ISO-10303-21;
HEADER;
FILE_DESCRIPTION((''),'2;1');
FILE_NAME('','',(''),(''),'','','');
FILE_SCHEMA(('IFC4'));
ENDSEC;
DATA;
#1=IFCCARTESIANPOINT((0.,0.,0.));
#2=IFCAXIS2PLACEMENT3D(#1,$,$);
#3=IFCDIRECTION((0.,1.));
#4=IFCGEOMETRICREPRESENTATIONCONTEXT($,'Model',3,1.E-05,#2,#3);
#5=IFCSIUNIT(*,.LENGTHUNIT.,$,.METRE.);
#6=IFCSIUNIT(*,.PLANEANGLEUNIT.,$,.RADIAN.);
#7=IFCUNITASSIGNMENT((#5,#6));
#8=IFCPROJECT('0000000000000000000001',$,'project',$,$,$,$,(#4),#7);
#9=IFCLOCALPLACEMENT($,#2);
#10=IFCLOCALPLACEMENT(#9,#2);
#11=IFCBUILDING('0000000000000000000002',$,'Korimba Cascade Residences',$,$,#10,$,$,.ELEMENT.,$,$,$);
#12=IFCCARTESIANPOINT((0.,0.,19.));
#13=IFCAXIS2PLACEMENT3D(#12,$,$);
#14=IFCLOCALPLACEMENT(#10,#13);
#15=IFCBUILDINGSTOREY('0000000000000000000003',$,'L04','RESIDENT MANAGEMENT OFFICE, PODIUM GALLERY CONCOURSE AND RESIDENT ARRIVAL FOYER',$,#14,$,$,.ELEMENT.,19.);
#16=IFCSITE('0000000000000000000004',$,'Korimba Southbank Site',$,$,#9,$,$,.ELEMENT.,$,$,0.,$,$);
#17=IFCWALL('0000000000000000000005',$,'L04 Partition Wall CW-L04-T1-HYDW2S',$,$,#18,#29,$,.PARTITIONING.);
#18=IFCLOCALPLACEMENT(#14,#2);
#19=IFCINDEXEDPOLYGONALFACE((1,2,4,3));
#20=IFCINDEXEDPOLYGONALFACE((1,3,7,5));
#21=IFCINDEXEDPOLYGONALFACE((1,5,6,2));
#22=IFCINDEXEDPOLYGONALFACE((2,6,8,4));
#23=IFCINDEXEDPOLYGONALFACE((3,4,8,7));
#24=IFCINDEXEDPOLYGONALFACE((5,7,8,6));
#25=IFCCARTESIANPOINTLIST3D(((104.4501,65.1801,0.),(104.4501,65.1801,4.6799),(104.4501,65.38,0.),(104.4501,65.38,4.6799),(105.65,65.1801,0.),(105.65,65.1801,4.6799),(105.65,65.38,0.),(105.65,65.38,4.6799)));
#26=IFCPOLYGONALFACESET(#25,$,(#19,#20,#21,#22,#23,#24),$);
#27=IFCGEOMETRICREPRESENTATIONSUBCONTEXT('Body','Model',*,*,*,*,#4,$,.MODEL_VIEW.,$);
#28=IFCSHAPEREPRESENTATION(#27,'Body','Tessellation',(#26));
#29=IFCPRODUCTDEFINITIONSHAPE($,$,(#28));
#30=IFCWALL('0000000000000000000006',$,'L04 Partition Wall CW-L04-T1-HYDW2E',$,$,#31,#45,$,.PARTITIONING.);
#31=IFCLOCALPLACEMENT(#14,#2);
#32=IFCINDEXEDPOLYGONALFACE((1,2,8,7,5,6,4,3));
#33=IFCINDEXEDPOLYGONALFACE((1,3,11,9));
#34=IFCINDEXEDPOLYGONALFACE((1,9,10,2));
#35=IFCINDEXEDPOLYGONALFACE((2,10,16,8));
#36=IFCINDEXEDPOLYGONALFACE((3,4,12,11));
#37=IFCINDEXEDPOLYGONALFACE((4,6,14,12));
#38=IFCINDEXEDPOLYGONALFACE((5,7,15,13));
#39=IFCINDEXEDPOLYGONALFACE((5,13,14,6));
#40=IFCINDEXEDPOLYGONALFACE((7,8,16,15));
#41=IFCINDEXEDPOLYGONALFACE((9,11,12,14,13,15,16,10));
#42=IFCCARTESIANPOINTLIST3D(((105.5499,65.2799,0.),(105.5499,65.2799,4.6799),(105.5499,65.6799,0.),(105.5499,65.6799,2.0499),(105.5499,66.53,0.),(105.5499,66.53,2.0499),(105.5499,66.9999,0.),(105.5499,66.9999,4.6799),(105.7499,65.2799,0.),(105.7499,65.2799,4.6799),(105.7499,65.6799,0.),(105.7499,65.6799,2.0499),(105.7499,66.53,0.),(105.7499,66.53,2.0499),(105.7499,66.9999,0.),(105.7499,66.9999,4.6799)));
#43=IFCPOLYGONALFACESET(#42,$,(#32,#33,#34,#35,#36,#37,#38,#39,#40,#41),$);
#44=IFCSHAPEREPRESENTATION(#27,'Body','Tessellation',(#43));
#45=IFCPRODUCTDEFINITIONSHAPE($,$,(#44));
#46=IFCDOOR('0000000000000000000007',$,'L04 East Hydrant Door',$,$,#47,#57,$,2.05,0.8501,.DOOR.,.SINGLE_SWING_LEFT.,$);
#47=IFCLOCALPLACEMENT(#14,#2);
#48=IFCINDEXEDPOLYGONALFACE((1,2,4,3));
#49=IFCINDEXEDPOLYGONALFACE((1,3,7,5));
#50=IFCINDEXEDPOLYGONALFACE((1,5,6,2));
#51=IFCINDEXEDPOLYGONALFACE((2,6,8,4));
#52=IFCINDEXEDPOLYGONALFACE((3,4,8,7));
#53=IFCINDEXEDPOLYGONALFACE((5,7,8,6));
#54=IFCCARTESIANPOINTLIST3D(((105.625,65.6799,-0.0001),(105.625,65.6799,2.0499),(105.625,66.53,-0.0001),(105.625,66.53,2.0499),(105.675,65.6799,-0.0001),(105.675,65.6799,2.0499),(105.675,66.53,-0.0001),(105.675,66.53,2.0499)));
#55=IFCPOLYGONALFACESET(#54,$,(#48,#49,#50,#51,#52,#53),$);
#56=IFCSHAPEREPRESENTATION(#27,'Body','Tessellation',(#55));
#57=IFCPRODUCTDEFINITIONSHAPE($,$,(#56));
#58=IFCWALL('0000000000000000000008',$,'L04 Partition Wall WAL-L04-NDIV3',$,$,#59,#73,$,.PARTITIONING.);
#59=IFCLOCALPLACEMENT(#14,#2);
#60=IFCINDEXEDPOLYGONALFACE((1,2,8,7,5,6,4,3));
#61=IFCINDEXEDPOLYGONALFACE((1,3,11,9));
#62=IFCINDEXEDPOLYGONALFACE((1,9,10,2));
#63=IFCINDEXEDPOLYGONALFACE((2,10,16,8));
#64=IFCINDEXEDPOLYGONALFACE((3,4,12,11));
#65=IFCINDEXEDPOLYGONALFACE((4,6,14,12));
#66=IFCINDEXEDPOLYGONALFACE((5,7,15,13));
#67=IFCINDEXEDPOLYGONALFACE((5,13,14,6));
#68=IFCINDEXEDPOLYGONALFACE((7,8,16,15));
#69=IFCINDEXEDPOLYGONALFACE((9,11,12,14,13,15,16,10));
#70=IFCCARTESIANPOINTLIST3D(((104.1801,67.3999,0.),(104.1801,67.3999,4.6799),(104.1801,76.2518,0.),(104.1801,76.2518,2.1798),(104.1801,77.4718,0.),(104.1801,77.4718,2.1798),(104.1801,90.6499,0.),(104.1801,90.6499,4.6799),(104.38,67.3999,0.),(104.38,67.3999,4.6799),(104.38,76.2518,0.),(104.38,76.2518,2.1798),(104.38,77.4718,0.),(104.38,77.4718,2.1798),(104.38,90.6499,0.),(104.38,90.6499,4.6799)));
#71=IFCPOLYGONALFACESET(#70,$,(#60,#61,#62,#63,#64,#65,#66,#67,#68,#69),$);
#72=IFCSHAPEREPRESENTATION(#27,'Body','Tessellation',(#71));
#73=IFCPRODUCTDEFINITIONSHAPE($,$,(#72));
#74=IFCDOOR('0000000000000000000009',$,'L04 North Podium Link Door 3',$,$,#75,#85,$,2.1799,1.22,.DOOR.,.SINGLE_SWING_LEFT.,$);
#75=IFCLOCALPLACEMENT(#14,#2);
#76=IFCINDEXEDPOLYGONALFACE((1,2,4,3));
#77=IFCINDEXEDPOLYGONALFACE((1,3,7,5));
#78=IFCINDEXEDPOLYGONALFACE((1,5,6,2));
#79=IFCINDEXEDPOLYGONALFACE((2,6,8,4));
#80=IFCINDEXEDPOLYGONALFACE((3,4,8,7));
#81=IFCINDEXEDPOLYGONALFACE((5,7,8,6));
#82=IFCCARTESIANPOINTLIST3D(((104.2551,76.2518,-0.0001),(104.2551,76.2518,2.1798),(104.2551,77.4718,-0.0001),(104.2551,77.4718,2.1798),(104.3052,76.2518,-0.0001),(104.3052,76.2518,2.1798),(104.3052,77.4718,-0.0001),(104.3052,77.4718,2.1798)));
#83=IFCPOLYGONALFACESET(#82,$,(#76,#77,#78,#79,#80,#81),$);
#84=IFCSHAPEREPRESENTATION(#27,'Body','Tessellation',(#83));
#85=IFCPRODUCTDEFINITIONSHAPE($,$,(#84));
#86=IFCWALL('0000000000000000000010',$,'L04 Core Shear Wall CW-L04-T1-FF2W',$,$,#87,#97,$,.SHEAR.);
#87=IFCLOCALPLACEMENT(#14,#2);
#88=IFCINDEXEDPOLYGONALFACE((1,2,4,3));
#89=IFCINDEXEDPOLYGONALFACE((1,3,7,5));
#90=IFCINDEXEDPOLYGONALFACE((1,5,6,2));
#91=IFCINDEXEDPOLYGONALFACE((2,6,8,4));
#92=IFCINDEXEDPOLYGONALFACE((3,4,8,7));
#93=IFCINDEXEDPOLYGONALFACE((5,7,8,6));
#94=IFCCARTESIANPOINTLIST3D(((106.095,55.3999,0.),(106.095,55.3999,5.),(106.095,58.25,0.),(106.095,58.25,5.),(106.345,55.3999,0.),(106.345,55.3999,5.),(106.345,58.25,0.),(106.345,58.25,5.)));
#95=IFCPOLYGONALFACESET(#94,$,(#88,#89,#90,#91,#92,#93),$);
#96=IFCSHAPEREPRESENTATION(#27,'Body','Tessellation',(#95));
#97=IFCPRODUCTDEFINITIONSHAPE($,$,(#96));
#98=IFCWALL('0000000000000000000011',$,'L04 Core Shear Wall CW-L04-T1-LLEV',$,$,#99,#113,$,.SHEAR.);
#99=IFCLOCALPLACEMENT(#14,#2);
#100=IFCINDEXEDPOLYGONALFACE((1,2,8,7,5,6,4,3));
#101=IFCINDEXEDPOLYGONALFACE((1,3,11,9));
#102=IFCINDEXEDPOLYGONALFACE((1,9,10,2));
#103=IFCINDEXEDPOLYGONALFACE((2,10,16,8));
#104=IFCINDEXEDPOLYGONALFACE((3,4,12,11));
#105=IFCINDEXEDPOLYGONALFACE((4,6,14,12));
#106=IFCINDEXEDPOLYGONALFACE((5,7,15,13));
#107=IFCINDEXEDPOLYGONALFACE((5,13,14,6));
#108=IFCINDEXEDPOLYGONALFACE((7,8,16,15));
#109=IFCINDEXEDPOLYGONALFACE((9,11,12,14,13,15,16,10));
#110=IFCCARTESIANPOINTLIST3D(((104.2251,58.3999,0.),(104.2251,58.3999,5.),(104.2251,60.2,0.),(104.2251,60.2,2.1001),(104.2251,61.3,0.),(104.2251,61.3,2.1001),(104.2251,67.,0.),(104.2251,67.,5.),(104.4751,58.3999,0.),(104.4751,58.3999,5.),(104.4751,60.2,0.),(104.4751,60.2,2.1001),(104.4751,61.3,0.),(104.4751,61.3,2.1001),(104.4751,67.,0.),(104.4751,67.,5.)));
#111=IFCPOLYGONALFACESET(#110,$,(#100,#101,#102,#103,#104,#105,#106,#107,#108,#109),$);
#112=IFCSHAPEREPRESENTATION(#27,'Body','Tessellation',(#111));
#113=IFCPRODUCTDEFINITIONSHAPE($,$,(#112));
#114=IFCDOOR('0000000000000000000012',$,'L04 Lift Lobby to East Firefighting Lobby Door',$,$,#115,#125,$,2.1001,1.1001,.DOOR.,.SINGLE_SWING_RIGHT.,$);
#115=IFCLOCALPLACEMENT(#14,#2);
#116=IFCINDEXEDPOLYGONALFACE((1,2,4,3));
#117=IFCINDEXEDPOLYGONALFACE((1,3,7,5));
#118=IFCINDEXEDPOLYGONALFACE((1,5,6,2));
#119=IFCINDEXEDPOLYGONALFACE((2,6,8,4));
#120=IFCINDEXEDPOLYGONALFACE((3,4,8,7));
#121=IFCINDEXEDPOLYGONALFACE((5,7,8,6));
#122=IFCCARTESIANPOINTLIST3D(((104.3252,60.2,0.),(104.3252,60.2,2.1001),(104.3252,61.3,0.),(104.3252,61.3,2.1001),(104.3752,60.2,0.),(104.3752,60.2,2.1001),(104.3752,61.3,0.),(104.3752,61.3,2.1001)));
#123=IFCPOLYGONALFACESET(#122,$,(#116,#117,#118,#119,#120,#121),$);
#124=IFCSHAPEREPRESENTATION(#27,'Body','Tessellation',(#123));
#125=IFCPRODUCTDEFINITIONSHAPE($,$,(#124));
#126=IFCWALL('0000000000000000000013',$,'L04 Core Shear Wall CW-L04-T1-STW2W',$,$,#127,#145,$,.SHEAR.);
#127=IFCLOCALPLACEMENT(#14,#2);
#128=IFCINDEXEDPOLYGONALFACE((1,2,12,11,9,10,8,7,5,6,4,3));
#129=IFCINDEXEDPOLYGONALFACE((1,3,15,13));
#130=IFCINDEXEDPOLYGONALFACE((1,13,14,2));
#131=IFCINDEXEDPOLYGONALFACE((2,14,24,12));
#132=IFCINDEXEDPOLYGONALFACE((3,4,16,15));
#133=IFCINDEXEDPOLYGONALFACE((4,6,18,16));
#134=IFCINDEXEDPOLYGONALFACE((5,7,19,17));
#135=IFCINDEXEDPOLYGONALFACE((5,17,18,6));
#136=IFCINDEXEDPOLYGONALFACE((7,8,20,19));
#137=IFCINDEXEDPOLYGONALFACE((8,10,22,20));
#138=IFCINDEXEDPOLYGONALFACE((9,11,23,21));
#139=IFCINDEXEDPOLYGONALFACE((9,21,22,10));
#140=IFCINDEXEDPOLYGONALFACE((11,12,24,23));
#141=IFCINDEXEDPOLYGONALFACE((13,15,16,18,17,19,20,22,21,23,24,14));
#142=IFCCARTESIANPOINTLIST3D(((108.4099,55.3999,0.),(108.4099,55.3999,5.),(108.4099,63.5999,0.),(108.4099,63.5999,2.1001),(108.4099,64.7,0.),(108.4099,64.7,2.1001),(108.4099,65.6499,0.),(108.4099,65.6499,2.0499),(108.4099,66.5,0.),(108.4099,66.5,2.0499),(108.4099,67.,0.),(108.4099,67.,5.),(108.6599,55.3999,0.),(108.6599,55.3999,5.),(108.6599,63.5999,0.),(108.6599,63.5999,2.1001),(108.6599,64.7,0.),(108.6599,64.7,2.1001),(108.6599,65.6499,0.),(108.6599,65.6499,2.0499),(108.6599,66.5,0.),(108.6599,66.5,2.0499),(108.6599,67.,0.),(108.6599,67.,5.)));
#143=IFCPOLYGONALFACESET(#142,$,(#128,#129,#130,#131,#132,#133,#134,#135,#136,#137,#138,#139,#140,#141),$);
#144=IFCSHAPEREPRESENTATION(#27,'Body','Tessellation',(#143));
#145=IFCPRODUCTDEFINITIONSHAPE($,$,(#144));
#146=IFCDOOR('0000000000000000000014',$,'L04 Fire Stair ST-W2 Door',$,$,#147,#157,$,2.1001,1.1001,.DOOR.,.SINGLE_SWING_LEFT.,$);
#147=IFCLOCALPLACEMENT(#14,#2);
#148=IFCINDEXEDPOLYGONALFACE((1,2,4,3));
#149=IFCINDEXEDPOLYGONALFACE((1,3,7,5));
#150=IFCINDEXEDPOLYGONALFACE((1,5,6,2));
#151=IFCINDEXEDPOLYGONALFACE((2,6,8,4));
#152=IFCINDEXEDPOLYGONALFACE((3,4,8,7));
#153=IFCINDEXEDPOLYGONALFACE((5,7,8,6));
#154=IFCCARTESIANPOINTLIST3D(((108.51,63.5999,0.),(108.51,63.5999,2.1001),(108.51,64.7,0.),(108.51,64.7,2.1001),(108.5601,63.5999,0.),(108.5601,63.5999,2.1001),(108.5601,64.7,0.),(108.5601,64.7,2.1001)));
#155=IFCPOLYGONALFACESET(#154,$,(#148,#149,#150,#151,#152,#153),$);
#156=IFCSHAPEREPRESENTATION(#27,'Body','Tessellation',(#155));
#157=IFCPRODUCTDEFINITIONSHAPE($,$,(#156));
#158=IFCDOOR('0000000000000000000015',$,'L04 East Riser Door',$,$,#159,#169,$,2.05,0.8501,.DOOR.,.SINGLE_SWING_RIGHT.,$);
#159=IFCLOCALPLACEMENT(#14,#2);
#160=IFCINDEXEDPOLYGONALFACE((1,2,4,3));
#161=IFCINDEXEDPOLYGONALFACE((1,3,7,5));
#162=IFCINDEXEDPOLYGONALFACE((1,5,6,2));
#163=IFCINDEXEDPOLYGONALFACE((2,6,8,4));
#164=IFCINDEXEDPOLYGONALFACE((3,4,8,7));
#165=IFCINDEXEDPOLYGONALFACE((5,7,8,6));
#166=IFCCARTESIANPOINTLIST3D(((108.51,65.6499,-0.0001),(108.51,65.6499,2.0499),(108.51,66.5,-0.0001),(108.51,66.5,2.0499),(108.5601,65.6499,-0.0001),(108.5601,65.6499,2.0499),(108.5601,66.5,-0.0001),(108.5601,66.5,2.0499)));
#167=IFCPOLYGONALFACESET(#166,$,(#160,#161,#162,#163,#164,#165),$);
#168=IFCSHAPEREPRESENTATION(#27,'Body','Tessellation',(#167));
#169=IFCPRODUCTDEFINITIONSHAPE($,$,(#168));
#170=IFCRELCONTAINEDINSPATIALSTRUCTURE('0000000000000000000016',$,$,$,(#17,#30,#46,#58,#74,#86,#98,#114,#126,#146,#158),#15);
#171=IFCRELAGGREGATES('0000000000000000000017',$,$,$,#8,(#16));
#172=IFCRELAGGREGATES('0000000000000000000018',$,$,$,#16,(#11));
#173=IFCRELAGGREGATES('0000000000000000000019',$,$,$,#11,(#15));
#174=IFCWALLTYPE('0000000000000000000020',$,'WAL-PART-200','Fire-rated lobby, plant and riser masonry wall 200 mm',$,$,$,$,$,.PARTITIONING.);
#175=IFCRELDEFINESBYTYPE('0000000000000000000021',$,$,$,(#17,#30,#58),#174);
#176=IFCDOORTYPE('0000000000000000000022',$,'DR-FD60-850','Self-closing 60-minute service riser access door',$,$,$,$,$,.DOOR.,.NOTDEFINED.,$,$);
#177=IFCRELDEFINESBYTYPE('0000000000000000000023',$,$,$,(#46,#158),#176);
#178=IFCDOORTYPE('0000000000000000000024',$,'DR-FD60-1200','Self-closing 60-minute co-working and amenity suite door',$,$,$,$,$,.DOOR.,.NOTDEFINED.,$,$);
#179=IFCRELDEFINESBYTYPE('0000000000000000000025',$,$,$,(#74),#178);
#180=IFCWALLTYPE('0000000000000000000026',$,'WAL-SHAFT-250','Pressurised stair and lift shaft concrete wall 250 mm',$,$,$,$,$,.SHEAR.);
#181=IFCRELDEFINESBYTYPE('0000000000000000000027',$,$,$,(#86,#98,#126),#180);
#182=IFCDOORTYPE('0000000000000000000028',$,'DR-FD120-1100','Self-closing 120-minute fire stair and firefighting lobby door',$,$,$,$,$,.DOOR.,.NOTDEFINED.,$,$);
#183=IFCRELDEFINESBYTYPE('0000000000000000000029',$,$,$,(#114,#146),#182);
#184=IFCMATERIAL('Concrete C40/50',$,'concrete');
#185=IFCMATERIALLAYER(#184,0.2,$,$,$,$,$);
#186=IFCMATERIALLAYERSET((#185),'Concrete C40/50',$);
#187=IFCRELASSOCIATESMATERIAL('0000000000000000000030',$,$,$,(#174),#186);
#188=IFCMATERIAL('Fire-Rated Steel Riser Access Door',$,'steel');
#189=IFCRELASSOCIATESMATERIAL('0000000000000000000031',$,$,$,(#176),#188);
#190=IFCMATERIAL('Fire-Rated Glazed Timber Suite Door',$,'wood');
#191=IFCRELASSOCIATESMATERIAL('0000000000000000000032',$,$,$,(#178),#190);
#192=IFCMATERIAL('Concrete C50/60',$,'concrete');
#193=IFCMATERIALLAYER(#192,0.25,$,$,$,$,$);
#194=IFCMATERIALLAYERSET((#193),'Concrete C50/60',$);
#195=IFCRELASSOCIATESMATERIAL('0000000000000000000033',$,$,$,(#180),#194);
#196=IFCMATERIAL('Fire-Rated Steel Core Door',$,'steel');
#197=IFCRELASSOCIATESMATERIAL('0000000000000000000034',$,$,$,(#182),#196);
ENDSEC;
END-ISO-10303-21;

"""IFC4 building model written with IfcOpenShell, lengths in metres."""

from ifc_helpers import new_model, si_unit, direction, frame, frame_2d, origin, place, context, subcontext, project, spatial, rectangle, extrude, material, layer, layer_set, type_object, element, fill, save


model = new_model("IFC4")

# Units and contexts
model_context = context("Model", 3, precision=1e-05, world=origin(), true_north=direction((0.0, 1.0)))
body_context = subcontext(model_context, "Body", "Model", "MODEL_VIEW")
ifc_project = project(units=[si_unit("LENGTHUNIT", "METRE"), si_unit("PLANEANGLEUNIT", "RADIAN")], contexts=[model_context])

# Site, building, storey
site_placement = place(None, origin())
site = spatial("IfcSite", under=ifc_project, at=site_placement, Name="Korimba Southbank Site", CompositionType="ELEMENT", RefElevation=0.0)
building_placement = place(site_placement, origin())
building = spatial("IfcBuilding", under=site, at=building_placement, Name="Korimba Cascade Residences", CompositionType="ELEMENT")
storey_placement = place(building_placement, frame((0.0, 0.0, 19.0)))
storey = spatial("IfcBuildingStorey", under=building, at=storey_placement, Name="L04", Description="RESIDENT MANAGEMENT OFFICE, PODIUM GALLERY CONCOURSE AND RESIDENT ARRIVAL FOYER", CompositionType="ELEMENT", Elevation=19.0)

# Wall
ifc_material_1 = material(Name="Concrete C40/50", Category="concrete")
ifc_layer_1 = layer(ifc_material_1, 0.2)
ifc_layer_set_1 = layer_set([ifc_layer_1], Name="Concrete C40/50")
wall_type_1 = type_object("IfcWallType", Name="WAL-PART-200", Description="Fire-rated lobby, plant and riser masonry wall 200 mm", PredefinedType="PARTITIONING", material=ifc_layer_set_1)
wall_1_placement = place(storey_placement, frame((104.45, 65.28, 0.0), z_axis=(0.0, 0.0, 1.0), x_axis=(1.0, 0.0, 0.0)))
element("IfcWall", 1, at=wall_1_placement, inside=storey, type_object=wall_type_1, Name="L04 Partition Wall CW-L04-T1-HYDW2S", PredefinedType="PARTITIONING", context=body_context, shape_type="SweptSolid", body=[
    extrude(rectangle(XDim=1.2, YDim=0.2, at=frame_2d((0.6001, 0.0))), origin(), (0.0, 0.0, 1.0), 4.6799),
])

# Walls, openings, doors
wall_2_placement = place(storey_placement, frame((105.6499, 65.28, 0.0), z_axis=(0.0, 0.0, 1.0), x_axis=(0.0, 1.0, 0.0)))
wall_2 = element("IfcWall", 2, at=wall_2_placement, inside=storey, type_object=wall_type_1, Name="L04 Partition Wall CW-L04-T1-HYDW2E", PredefinedType="PARTITIONING", context=body_context, shape_type="SweptSolid", body=[
    extrude(rectangle(XDim=1.72, YDim=0.2, at=frame_2d((0.8599, 0.0))), origin(), (0.0, 0.0, 1.0), 4.6799),
])
opening_1_placement = place(wall_2_placement, frame((0.3999, 0.0, 0.0)))
opening_1 = element("IfcOpeningElement", 3, at=opening_1_placement, cuts=wall_2, PredefinedType="OPENING", context=body_context, shape_type="SweptSolid", body=[
    extrude(rectangle(XDim=0.8501, YDim=2.05, at=frame_2d((0.425, 1.0249))), frame((0.0, 0.1099, 0.0), z_axis=(0.0, -1.0, 0.0), x_axis=(1.0, 0.0, 0.0)), (0.0, 0.0, 1.0), 0.22),
])
ifc_material_2 = material(Name="Fire-Rated Steel Riser Access Door", Category="steel")
door_type_1 = type_object("IfcDoorType", Name="DR-FD60-850", Description="Self-closing 60-minute service riser access door", OperationType="NOTDEFINED", PredefinedType="DOOR", material=ifc_material_2)
door_1_placement = place(opening_1_placement, origin())
door_1 = element("IfcDoor", 4, at=door_1_placement, inside=storey, type_object=door_type_1, Name="L04 East Hydrant Door", OperationType="SINGLE_SWING_LEFT", OverallHeight=2.05, OverallWidth=0.8501, PredefinedType="DOOR", context=body_context, shape_type="SweptSolid", body=[
    extrude(rectangle(XDim=0.8501, YDim=2.05, at=frame_2d((0.425, 1.0249))), frame((0.0, 0.0249, 0.0), z_axis=(0.0, -1.0, 0.0), x_axis=(1.0, 0.0, 0.0)), (0.0, 0.0, 1.0), 0.05),
])
fill(opening_1, door_1)
wall_3_placement = place(storey_placement, frame((104.28, 67.3999, 0.0), z_axis=(0.0, 0.0, 1.0), x_axis=(0.0, 1.0, 0.0)))
wall_3 = element("IfcWall", 5, at=wall_3_placement, inside=storey, type_object=wall_type_1, Name="L04 Partition Wall WAL-L04-NDIV3", PredefinedType="PARTITIONING", context=body_context, shape_type="SweptSolid", body=[
    extrude(rectangle(XDim=23.25, YDim=0.2, at=frame_2d((11.625, 0.0))), origin(), (0.0, 0.0, 1.0), 4.6799),
])
opening_2_placement = place(wall_3_placement, frame((8.8521, 0.0, 0.0)))
opening_2 = element("IfcOpeningElement", 6, at=opening_2_placement, cuts=wall_3, PredefinedType="OPENING", context=body_context, shape_type="SweptSolid", body=[
    extrude(rectangle(XDim=1.22, YDim=2.1799, at=frame_2d((0.6099, 1.0898))), frame((0.0, 0.1099, 0.0), z_axis=(0.0, -1.0, 0.0), x_axis=(1.0, 0.0, 0.0)), (0.0, 0.0, 1.0), 0.22),
])
ifc_material_3 = material(Name="Fire-Rated Glazed Timber Suite Door", Category="wood")
door_type_2 = type_object("IfcDoorType", Name="DR-FD60-1200", Description="Self-closing 60-minute co-working and amenity suite door", OperationType="NOTDEFINED", PredefinedType="DOOR", material=ifc_material_3)
door_2_placement = place(opening_2_placement, origin())
door_2 = element("IfcDoor", 7, at=door_2_placement, inside=storey, type_object=door_type_2, Name="L04 North Podium Link Door 3", OperationType="SINGLE_SWING_LEFT", OverallHeight=2.1799, OverallWidth=1.22, PredefinedType="DOOR", context=body_context, shape_type="SweptSolid", body=[
    extrude(rectangle(XDim=1.22, YDim=2.1799, at=frame_2d((0.6099, 1.0898))), frame((0.0, 0.0249, 0.0), z_axis=(0.0, -1.0, 0.0), x_axis=(1.0, 0.0, 0.0)), (0.0, 0.0, 1.0), 0.05),
])
fill(opening_2, door_2)

# Wall
ifc_material_4 = material(Name="Concrete C50/60", Category="concrete")
ifc_layer_2 = layer(ifc_material_4, 0.25)
ifc_layer_set_2 = layer_set([ifc_layer_2], Name="Concrete C50/60")
wall_type_2 = type_object("IfcWallType", Name="WAL-SHAFT-250", Description="Pressurised stair and lift shaft concrete wall 250 mm", PredefinedType="SHEAR", material=ifc_layer_set_2)
wall_4_placement = place(storey_placement, frame((106.22, 55.3999, 0.0), z_axis=(0.0, 0.0, 1.0), x_axis=(0.0, 1.0, 0.0)))
element("IfcWall", 8, at=wall_4_placement, inside=storey, type_object=wall_type_2, Name="L04 Core Shear Wall CW-L04-T1-FF2W", PredefinedType="SHEAR", context=body_context, shape_type="SweptSolid", body=[
    extrude(rectangle(XDim=2.8501, YDim=0.25, at=frame_2d((1.425, 0.0))), origin(), (0.0, 0.0, 1.0), 5.0),
])

# Wall, opening, door
wall_5_placement = place(storey_placement, frame((104.3501, 58.3999, 0.0), z_axis=(0.0, 0.0, 1.0), x_axis=(0.0, 1.0, 0.0)))
wall_5 = element("IfcWall", 9, at=wall_5_placement, inside=storey, type_object=wall_type_2, Name="L04 Core Shear Wall CW-L04-T1-LLEV", PredefinedType="SHEAR", context=body_context, shape_type="SweptSolid", body=[
    extrude(rectangle(XDim=8.6001, YDim=0.25, at=frame_2d((4.3, 0.0))), origin(), (0.0, 0.0, 1.0), 5.0),
])
opening_3_placement = place(wall_5_placement, frame((1.8, 0.0, 0.0)))
opening_3 = element("IfcOpeningElement", 10, at=opening_3_placement, cuts=wall_5, PredefinedType="OPENING", context=body_context, shape_type="SweptSolid", body=[
    extrude(rectangle(XDim=1.1001, YDim=2.1001, at=frame_2d((0.55, 1.05))), frame((0.0, 0.135, 0.0), z_axis=(0.0, -1.0, 0.0), x_axis=(1.0, 0.0, 0.0)), (0.0, 0.0, 1.0), 0.27),
])
ifc_material_5 = material(Name="Fire-Rated Steel Core Door", Category="steel")
door_type_3 = type_object("IfcDoorType", Name="DR-FD120-1100", Description="Self-closing 120-minute fire stair and firefighting lobby door", OperationType="NOTDEFINED", PredefinedType="DOOR", material=ifc_material_5)
door_3_placement = place(opening_3_placement, origin())
door_3 = element("IfcDoor", 11, at=door_3_placement, inside=storey, type_object=door_type_3, Name="L04 Lift Lobby to East Firefighting Lobby Door", OperationType="SINGLE_SWING_RIGHT", OverallHeight=2.1001, OverallWidth=1.1001, PredefinedType="DOOR", context=body_context, shape_type="SweptSolid", body=[
    extrude(rectangle(XDim=1.1001, YDim=2.1001, at=frame_2d((0.55, 1.05))), frame((0.0, 0.0249, 0.0), z_axis=(0.0, -1.0, 0.0), x_axis=(1.0, 0.0, 0.0)), (0.0, 0.0, 1.0), 0.05),
])
fill(opening_3, door_3)

# Wall, openings, doors
wall_6_placement = place(storey_placement, frame((108.5349, 55.3999, 0.0), z_axis=(0.0, 0.0, 1.0), x_axis=(0.0, 1.0, 0.0)))
wall_6 = element("IfcWall", 12, at=wall_6_placement, inside=storey, type_object=wall_type_2, Name="L04 Core Shear Wall CW-L04-T1-STW2W", PredefinedType="SHEAR", context=body_context, shape_type="SweptSolid", body=[
    extrude(rectangle(XDim=11.6001, YDim=0.25, at=frame_2d((5.8, 0.0))), origin(), (0.0, 0.0, 1.0), 5.0),
])
opening_4_placement = place(wall_6_placement, frame((8.2, 0.0, 0.0)))
opening_4 = element("IfcOpeningElement", 13, at=opening_4_placement, cuts=wall_6, PredefinedType="OPENING", context=body_context, shape_type="SweptSolid", body=[
    extrude(rectangle(XDim=1.1001, YDim=2.1001, at=frame_2d((0.55, 1.05))), frame((0.0, 0.135, 0.0), z_axis=(0.0, -1.0, 0.0), x_axis=(1.0, 0.0, 0.0)), (0.0, 0.0, 1.0), 0.27),
])
opening_5_placement = place(wall_6_placement, frame((10.25, 0.0, 0.0)))
opening_5 = element("IfcOpeningElement", 14, at=opening_5_placement, cuts=wall_6, PredefinedType="OPENING", context=body_context, shape_type="SweptSolid", body=[
    extrude(rectangle(XDim=0.8501, YDim=2.05, at=frame_2d((0.425, 1.0249))), frame((0.0, 0.135, 0.0), z_axis=(0.0, -1.0, 0.0), x_axis=(1.0, 0.0, 0.0)), (0.0, 0.0, 1.0), 0.27),
])
door_4_placement = place(opening_4_placement, origin())
door_4 = element("IfcDoor", 15, at=door_4_placement, inside=storey, type_object=door_type_3, Name="L04 Fire Stair ST-W2 Door", OperationType="SINGLE_SWING_LEFT", OverallHeight=2.1001, OverallWidth=1.1001, PredefinedType="DOOR", context=body_context, shape_type="SweptSolid", body=[
    extrude(rectangle(XDim=1.1001, YDim=2.1001, at=frame_2d((0.55, 1.05))), frame((0.0, 0.0249, 0.0), z_axis=(0.0, -1.0, 0.0), x_axis=(1.0, 0.0, 0.0)), (0.0, 0.0, 1.0), 0.05),
])
fill(opening_4, door_4)
door_5_placement = place(opening_5_placement, origin())
door_5 = element("IfcDoor", 16, at=door_5_placement, inside=storey, type_object=door_type_1, Name="L04 East Riser Door", OperationType="SINGLE_SWING_RIGHT", OverallHeight=2.05, OverallWidth=0.8501, PredefinedType="DOOR", context=body_context, shape_type="SweptSolid", body=[
    extrude(rectangle(XDim=0.8501, YDim=2.05, at=frame_2d((0.425, 1.0249))), frame((0.0, 0.0249, 0.0), z_axis=(0.0, -1.0, 0.0), x_axis=(1.0, 0.0, 0.0)), (0.0, 0.0, 1.0), 0.05),
])
fill(opening_5, door_5)

save(model, "model.ifc")
